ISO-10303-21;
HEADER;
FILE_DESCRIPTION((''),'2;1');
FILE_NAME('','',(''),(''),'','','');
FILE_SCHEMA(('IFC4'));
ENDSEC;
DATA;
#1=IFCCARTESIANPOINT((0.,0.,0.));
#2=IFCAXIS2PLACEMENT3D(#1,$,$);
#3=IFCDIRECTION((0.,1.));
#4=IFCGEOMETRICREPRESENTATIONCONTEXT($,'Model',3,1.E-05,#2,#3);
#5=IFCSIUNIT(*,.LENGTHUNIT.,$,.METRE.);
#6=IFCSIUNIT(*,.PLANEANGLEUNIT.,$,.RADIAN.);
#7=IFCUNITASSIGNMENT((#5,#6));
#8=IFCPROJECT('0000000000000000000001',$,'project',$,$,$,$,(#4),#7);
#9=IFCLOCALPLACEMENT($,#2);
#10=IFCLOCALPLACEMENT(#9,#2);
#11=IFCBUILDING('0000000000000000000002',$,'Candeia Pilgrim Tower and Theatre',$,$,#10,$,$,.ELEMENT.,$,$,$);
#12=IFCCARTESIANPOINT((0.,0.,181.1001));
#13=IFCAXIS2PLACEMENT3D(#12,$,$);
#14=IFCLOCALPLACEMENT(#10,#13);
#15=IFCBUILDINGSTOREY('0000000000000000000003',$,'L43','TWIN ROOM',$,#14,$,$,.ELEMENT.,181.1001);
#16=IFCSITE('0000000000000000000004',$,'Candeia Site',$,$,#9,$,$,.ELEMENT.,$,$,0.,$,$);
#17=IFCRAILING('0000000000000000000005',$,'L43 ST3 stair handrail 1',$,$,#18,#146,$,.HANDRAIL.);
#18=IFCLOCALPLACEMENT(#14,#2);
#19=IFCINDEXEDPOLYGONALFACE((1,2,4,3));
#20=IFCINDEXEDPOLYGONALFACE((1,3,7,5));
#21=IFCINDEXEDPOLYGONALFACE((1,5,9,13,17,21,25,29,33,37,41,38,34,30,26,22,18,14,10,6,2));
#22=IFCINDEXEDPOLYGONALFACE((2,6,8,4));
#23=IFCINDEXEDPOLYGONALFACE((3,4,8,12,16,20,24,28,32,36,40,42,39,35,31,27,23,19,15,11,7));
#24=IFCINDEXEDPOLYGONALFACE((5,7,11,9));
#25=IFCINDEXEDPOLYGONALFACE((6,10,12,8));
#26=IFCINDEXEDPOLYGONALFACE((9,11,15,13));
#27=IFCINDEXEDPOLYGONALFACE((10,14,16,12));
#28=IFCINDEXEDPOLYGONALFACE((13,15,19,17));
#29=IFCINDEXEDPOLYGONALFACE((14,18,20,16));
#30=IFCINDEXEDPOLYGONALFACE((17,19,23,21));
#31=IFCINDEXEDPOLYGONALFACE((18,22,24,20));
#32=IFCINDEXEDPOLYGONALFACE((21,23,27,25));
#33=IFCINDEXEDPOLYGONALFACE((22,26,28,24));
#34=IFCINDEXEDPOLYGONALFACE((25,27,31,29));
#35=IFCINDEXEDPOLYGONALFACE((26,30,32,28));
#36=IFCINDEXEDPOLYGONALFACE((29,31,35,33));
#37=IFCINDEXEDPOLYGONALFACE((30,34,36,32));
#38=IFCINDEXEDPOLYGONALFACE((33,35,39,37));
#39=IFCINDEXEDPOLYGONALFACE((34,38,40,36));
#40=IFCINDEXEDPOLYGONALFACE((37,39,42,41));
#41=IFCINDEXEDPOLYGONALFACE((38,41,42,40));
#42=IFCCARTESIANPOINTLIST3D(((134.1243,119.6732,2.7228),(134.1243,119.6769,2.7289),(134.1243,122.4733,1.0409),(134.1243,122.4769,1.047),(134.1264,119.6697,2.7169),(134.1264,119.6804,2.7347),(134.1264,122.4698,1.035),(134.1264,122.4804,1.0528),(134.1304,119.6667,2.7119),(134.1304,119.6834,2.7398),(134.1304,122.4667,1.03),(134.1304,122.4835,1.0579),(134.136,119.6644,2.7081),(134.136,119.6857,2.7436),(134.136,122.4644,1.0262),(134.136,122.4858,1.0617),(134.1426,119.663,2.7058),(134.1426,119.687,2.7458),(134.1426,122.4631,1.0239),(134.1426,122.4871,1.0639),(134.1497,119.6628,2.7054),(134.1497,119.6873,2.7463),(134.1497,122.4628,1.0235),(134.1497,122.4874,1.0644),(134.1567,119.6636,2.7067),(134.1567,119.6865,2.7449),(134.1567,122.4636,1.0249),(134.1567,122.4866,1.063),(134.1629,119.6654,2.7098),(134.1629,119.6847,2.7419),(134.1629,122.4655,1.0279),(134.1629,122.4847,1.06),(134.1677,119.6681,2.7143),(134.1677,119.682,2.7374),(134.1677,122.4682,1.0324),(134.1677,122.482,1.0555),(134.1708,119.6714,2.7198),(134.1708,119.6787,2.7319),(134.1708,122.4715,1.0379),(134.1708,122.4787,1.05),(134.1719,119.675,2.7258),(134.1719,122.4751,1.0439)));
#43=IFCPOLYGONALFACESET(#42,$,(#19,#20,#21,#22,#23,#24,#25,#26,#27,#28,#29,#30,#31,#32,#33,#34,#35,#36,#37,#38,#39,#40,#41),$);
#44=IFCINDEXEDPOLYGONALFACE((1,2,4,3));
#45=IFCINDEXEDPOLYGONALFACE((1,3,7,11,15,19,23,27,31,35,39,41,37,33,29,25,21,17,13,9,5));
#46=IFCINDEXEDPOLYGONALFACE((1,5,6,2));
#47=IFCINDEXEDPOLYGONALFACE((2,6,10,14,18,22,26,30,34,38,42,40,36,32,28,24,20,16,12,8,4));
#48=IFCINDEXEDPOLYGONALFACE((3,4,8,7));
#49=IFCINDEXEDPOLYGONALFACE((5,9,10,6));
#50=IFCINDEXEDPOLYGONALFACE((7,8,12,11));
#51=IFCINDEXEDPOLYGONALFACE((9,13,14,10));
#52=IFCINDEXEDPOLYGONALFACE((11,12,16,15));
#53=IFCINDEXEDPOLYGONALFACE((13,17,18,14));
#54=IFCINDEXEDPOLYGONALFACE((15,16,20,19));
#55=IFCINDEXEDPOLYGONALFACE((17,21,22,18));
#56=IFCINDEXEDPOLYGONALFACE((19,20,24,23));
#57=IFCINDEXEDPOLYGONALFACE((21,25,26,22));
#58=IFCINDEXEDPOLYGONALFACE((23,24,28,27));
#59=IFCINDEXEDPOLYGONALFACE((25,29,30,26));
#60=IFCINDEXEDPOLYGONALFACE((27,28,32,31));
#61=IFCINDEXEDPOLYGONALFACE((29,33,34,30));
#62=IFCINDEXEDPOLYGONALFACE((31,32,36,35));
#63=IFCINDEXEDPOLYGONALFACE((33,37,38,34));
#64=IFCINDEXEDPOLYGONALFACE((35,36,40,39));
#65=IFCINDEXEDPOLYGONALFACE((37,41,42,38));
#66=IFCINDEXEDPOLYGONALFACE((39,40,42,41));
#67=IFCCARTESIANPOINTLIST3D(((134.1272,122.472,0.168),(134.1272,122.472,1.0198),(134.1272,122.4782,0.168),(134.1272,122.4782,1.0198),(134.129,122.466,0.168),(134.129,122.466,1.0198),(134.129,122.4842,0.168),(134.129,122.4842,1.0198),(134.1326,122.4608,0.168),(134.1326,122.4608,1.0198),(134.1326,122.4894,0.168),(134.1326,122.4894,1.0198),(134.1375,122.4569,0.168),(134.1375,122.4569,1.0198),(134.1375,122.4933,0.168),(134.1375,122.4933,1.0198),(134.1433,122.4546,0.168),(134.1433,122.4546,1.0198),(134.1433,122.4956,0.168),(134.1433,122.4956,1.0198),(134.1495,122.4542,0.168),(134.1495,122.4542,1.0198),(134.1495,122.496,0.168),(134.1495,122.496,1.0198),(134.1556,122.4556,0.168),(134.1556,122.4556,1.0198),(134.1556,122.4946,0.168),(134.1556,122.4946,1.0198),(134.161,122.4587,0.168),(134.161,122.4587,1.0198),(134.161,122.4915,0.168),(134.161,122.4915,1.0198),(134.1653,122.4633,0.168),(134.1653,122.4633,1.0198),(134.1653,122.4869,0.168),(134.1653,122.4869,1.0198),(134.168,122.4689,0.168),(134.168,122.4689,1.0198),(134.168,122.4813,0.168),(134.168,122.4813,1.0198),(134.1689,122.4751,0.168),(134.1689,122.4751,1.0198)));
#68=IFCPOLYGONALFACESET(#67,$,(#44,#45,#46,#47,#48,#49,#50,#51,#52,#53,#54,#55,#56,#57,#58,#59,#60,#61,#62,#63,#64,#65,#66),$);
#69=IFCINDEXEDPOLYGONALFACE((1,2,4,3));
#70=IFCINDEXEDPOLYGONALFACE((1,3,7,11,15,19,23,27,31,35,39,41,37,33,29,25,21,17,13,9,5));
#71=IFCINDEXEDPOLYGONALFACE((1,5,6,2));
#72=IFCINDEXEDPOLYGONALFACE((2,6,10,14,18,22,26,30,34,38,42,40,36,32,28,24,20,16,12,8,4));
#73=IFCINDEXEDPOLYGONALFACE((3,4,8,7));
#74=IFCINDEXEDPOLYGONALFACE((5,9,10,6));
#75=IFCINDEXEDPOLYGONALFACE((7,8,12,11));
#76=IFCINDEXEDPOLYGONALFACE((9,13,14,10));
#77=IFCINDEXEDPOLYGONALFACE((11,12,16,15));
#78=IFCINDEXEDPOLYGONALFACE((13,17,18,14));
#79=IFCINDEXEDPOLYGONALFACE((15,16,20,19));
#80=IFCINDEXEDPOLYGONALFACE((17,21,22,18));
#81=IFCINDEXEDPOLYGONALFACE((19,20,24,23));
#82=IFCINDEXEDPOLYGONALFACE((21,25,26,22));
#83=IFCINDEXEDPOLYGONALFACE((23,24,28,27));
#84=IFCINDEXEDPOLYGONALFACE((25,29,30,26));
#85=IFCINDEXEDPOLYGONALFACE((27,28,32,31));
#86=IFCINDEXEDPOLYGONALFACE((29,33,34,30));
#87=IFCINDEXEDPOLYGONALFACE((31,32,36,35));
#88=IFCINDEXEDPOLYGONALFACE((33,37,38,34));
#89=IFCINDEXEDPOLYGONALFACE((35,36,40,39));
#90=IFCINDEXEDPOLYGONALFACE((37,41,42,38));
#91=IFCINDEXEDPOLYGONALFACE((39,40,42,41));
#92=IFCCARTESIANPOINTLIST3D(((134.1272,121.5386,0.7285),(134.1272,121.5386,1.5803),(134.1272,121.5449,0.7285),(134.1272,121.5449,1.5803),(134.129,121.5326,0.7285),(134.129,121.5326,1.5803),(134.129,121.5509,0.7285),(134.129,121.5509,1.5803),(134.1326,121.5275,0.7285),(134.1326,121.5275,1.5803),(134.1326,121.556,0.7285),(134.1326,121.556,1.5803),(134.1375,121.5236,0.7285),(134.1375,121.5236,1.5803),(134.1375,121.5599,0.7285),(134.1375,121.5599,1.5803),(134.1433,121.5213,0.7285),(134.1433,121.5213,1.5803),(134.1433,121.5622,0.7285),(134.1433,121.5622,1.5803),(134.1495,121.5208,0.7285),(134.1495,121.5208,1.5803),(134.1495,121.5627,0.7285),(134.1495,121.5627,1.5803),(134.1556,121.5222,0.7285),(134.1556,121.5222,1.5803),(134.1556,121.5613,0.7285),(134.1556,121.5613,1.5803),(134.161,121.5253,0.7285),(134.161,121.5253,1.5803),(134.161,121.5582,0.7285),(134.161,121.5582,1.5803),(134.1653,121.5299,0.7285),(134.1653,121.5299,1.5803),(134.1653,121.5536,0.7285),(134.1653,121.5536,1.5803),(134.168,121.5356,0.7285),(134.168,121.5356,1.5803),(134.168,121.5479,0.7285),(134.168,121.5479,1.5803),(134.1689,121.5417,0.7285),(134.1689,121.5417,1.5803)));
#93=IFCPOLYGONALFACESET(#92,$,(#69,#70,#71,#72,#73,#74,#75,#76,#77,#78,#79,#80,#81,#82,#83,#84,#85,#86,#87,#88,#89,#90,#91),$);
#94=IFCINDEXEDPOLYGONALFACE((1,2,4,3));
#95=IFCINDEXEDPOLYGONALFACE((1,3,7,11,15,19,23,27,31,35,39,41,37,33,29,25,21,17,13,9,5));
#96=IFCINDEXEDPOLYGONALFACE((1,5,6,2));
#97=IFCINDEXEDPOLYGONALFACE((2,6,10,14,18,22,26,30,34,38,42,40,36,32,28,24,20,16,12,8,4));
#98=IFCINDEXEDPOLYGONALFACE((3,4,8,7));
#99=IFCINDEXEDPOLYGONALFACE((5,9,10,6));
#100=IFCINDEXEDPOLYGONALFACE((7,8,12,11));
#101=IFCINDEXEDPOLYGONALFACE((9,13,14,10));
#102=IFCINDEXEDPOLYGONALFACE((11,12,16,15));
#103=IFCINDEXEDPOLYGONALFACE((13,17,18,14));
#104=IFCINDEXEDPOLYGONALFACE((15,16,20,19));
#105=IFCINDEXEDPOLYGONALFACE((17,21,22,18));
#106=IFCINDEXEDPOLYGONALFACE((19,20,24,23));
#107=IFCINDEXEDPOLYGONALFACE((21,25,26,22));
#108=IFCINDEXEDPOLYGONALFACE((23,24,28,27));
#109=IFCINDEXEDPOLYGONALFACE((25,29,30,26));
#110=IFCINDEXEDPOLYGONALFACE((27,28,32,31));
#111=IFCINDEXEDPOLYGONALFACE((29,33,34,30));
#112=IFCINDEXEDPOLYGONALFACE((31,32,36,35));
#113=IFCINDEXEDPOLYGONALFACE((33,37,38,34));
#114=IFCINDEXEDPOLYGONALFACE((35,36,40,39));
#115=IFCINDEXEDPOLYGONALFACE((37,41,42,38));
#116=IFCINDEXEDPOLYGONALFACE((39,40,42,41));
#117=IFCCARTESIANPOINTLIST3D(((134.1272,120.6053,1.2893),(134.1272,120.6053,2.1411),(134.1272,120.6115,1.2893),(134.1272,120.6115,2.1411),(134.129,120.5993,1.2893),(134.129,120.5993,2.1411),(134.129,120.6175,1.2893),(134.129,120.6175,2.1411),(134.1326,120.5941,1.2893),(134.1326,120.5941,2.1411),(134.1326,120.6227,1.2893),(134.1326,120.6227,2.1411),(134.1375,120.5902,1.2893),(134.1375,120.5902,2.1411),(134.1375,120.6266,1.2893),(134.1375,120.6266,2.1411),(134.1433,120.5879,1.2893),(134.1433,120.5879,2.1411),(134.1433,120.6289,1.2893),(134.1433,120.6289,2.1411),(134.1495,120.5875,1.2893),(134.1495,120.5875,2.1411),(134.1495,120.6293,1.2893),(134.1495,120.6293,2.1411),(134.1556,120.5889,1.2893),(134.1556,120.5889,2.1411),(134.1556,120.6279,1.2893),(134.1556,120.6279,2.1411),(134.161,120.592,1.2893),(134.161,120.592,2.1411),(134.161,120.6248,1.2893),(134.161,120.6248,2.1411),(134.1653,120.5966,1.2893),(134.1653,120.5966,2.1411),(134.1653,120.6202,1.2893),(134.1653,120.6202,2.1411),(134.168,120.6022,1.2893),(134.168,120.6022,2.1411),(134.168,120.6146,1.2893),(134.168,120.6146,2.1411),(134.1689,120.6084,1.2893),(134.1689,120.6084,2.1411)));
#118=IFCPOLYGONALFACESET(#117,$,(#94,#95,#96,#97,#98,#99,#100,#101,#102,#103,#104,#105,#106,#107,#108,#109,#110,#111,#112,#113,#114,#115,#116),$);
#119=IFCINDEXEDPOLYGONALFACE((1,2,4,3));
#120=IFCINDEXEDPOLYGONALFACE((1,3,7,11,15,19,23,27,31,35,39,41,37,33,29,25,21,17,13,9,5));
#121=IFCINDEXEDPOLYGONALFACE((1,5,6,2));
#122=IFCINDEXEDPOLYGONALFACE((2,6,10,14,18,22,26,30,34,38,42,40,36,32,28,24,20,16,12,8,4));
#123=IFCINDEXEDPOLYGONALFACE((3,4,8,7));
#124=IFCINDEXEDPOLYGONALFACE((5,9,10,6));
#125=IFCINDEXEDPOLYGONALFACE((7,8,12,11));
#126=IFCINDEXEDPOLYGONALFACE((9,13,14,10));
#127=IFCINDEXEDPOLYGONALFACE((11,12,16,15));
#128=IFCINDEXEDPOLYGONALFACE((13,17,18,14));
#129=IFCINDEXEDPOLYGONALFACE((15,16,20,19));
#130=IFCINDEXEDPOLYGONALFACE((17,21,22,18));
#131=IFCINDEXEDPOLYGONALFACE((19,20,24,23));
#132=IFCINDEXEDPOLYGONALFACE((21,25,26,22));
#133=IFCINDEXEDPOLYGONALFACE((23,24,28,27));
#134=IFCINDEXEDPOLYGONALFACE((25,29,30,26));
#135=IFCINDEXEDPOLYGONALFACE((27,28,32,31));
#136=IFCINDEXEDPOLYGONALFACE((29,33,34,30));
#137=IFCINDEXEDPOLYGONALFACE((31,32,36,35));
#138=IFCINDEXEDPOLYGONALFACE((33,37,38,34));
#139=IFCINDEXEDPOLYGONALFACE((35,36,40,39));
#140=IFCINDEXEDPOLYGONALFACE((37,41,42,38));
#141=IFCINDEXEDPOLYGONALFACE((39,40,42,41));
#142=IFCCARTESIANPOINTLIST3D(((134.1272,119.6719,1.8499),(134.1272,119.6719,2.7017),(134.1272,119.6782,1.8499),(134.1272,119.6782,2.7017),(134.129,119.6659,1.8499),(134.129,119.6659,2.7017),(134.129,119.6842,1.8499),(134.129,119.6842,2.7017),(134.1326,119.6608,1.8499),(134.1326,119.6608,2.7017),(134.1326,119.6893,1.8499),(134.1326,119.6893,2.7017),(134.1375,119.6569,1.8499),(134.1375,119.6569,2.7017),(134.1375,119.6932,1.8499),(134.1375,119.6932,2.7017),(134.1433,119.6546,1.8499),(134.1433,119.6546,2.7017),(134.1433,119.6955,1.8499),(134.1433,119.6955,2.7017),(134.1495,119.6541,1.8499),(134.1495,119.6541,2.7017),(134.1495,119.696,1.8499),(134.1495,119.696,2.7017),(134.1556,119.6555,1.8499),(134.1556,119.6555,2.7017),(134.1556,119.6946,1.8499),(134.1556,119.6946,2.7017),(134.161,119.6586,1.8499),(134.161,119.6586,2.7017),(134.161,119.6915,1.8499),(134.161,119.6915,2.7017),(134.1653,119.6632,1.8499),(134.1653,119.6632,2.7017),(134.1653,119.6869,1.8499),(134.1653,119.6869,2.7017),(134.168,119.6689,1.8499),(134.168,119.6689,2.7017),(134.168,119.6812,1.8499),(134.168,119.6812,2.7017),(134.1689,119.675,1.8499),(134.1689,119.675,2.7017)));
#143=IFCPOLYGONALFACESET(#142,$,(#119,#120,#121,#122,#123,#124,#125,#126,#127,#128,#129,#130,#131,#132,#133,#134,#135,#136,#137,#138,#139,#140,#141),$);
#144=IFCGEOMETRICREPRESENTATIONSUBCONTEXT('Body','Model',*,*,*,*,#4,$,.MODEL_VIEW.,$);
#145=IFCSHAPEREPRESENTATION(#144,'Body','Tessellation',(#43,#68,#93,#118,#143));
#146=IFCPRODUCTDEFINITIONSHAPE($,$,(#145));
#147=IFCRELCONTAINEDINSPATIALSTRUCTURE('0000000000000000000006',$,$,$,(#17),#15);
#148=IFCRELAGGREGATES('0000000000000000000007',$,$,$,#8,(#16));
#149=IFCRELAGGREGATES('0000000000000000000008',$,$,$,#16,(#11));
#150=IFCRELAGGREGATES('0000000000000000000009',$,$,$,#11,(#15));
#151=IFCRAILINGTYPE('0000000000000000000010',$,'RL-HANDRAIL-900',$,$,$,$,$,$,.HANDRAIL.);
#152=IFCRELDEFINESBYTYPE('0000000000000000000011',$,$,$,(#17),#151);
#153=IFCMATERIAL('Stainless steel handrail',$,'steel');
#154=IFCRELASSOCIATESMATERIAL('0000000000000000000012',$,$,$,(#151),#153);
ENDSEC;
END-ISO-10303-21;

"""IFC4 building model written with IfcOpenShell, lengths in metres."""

from ifc_helpers import new_model, si_unit, direction, frame, origin, origin_2d, place, context, subcontext, project, spatial, circle, extrude, material, type_object, element, save


model = new_model("IFC4")

# Units and contexts
model_context = context("Model", 3, precision=1e-05, world=origin(), true_north=direction((0.0, 1.0)))
body_context = subcontext(model_context, "Body", "Model", "MODEL_VIEW")
ifc_project = project(units=[si_unit("LENGTHUNIT", "METRE"), si_unit("PLANEANGLEUNIT", "RADIAN")], contexts=[model_context])

# Site, building, storey
site_placement = place(None, origin())
site = spatial("IfcSite", under=ifc_project, at=site_placement, Name="Candeia Site", CompositionType="ELEMENT", RefElevation=0.0)
building_placement = place(site_placement, origin())
building = spatial("IfcBuilding", under=site, at=building_placement, Name="Candeia Pilgrim Tower and Theatre", CompositionType="ELEMENT")
storey_placement = place(building_placement, frame((0.0, 0.0, 181.1001)))
storey = spatial("IfcBuildingStorey", under=building, at=storey_placement, Name="L43", Description="TWIN ROOM", CompositionType="ELEMENT", Elevation=181.1001)

# Railing
ifc_material_1 = material(Name="Stainless steel handrail", Category="steel")
railing_type_1 = type_object("IfcRailingType", Name="RL-HANDRAIL-900", PredefinedType="HANDRAIL", material=ifc_material_1)
railing_1_placement = place(storey_placement, frame((134.1479, 122.4751, 0.168)))
element("IfcRailing", 1, at=railing_1_placement, inside=storey, type_object=railing_type_1, Name="L43 ST3 stair handrail 1", PredefinedType="HANDRAIL", context=body_context, shape_type="SweptSolid", body=[
    extrude(circle(Radius=0.0239, at=origin_2d()), frame((0.0, 0.0, 0.876), z_axis=(0.0, -0.857242, 0.514913), x_axis=(1.0, 0.0, 0.0)), (0.0, 0.0, 1.0), 3.2664),
    extrude(circle(Radius=0.021, at=origin_2d()), origin(), (0.0, 0.0, 1.0), 0.8518),
    extrude(circle(Radius=0.021, at=origin_2d()), frame((0.0, -0.9333, 0.5605)), (0.0, 0.0, 1.0), 0.8518),
    extrude(circle(Radius=0.021, at=origin_2d()), frame((0.0, -1.8667, 1.1213)), (0.0, 0.0, 1.0), 0.8518),
    extrude(circle(Radius=0.021, at=origin_2d()), frame((0.0, -2.8, 1.6819)), (0.0, 0.0, 1.0), 0.8518),
])

save(model, "model.ifc")
